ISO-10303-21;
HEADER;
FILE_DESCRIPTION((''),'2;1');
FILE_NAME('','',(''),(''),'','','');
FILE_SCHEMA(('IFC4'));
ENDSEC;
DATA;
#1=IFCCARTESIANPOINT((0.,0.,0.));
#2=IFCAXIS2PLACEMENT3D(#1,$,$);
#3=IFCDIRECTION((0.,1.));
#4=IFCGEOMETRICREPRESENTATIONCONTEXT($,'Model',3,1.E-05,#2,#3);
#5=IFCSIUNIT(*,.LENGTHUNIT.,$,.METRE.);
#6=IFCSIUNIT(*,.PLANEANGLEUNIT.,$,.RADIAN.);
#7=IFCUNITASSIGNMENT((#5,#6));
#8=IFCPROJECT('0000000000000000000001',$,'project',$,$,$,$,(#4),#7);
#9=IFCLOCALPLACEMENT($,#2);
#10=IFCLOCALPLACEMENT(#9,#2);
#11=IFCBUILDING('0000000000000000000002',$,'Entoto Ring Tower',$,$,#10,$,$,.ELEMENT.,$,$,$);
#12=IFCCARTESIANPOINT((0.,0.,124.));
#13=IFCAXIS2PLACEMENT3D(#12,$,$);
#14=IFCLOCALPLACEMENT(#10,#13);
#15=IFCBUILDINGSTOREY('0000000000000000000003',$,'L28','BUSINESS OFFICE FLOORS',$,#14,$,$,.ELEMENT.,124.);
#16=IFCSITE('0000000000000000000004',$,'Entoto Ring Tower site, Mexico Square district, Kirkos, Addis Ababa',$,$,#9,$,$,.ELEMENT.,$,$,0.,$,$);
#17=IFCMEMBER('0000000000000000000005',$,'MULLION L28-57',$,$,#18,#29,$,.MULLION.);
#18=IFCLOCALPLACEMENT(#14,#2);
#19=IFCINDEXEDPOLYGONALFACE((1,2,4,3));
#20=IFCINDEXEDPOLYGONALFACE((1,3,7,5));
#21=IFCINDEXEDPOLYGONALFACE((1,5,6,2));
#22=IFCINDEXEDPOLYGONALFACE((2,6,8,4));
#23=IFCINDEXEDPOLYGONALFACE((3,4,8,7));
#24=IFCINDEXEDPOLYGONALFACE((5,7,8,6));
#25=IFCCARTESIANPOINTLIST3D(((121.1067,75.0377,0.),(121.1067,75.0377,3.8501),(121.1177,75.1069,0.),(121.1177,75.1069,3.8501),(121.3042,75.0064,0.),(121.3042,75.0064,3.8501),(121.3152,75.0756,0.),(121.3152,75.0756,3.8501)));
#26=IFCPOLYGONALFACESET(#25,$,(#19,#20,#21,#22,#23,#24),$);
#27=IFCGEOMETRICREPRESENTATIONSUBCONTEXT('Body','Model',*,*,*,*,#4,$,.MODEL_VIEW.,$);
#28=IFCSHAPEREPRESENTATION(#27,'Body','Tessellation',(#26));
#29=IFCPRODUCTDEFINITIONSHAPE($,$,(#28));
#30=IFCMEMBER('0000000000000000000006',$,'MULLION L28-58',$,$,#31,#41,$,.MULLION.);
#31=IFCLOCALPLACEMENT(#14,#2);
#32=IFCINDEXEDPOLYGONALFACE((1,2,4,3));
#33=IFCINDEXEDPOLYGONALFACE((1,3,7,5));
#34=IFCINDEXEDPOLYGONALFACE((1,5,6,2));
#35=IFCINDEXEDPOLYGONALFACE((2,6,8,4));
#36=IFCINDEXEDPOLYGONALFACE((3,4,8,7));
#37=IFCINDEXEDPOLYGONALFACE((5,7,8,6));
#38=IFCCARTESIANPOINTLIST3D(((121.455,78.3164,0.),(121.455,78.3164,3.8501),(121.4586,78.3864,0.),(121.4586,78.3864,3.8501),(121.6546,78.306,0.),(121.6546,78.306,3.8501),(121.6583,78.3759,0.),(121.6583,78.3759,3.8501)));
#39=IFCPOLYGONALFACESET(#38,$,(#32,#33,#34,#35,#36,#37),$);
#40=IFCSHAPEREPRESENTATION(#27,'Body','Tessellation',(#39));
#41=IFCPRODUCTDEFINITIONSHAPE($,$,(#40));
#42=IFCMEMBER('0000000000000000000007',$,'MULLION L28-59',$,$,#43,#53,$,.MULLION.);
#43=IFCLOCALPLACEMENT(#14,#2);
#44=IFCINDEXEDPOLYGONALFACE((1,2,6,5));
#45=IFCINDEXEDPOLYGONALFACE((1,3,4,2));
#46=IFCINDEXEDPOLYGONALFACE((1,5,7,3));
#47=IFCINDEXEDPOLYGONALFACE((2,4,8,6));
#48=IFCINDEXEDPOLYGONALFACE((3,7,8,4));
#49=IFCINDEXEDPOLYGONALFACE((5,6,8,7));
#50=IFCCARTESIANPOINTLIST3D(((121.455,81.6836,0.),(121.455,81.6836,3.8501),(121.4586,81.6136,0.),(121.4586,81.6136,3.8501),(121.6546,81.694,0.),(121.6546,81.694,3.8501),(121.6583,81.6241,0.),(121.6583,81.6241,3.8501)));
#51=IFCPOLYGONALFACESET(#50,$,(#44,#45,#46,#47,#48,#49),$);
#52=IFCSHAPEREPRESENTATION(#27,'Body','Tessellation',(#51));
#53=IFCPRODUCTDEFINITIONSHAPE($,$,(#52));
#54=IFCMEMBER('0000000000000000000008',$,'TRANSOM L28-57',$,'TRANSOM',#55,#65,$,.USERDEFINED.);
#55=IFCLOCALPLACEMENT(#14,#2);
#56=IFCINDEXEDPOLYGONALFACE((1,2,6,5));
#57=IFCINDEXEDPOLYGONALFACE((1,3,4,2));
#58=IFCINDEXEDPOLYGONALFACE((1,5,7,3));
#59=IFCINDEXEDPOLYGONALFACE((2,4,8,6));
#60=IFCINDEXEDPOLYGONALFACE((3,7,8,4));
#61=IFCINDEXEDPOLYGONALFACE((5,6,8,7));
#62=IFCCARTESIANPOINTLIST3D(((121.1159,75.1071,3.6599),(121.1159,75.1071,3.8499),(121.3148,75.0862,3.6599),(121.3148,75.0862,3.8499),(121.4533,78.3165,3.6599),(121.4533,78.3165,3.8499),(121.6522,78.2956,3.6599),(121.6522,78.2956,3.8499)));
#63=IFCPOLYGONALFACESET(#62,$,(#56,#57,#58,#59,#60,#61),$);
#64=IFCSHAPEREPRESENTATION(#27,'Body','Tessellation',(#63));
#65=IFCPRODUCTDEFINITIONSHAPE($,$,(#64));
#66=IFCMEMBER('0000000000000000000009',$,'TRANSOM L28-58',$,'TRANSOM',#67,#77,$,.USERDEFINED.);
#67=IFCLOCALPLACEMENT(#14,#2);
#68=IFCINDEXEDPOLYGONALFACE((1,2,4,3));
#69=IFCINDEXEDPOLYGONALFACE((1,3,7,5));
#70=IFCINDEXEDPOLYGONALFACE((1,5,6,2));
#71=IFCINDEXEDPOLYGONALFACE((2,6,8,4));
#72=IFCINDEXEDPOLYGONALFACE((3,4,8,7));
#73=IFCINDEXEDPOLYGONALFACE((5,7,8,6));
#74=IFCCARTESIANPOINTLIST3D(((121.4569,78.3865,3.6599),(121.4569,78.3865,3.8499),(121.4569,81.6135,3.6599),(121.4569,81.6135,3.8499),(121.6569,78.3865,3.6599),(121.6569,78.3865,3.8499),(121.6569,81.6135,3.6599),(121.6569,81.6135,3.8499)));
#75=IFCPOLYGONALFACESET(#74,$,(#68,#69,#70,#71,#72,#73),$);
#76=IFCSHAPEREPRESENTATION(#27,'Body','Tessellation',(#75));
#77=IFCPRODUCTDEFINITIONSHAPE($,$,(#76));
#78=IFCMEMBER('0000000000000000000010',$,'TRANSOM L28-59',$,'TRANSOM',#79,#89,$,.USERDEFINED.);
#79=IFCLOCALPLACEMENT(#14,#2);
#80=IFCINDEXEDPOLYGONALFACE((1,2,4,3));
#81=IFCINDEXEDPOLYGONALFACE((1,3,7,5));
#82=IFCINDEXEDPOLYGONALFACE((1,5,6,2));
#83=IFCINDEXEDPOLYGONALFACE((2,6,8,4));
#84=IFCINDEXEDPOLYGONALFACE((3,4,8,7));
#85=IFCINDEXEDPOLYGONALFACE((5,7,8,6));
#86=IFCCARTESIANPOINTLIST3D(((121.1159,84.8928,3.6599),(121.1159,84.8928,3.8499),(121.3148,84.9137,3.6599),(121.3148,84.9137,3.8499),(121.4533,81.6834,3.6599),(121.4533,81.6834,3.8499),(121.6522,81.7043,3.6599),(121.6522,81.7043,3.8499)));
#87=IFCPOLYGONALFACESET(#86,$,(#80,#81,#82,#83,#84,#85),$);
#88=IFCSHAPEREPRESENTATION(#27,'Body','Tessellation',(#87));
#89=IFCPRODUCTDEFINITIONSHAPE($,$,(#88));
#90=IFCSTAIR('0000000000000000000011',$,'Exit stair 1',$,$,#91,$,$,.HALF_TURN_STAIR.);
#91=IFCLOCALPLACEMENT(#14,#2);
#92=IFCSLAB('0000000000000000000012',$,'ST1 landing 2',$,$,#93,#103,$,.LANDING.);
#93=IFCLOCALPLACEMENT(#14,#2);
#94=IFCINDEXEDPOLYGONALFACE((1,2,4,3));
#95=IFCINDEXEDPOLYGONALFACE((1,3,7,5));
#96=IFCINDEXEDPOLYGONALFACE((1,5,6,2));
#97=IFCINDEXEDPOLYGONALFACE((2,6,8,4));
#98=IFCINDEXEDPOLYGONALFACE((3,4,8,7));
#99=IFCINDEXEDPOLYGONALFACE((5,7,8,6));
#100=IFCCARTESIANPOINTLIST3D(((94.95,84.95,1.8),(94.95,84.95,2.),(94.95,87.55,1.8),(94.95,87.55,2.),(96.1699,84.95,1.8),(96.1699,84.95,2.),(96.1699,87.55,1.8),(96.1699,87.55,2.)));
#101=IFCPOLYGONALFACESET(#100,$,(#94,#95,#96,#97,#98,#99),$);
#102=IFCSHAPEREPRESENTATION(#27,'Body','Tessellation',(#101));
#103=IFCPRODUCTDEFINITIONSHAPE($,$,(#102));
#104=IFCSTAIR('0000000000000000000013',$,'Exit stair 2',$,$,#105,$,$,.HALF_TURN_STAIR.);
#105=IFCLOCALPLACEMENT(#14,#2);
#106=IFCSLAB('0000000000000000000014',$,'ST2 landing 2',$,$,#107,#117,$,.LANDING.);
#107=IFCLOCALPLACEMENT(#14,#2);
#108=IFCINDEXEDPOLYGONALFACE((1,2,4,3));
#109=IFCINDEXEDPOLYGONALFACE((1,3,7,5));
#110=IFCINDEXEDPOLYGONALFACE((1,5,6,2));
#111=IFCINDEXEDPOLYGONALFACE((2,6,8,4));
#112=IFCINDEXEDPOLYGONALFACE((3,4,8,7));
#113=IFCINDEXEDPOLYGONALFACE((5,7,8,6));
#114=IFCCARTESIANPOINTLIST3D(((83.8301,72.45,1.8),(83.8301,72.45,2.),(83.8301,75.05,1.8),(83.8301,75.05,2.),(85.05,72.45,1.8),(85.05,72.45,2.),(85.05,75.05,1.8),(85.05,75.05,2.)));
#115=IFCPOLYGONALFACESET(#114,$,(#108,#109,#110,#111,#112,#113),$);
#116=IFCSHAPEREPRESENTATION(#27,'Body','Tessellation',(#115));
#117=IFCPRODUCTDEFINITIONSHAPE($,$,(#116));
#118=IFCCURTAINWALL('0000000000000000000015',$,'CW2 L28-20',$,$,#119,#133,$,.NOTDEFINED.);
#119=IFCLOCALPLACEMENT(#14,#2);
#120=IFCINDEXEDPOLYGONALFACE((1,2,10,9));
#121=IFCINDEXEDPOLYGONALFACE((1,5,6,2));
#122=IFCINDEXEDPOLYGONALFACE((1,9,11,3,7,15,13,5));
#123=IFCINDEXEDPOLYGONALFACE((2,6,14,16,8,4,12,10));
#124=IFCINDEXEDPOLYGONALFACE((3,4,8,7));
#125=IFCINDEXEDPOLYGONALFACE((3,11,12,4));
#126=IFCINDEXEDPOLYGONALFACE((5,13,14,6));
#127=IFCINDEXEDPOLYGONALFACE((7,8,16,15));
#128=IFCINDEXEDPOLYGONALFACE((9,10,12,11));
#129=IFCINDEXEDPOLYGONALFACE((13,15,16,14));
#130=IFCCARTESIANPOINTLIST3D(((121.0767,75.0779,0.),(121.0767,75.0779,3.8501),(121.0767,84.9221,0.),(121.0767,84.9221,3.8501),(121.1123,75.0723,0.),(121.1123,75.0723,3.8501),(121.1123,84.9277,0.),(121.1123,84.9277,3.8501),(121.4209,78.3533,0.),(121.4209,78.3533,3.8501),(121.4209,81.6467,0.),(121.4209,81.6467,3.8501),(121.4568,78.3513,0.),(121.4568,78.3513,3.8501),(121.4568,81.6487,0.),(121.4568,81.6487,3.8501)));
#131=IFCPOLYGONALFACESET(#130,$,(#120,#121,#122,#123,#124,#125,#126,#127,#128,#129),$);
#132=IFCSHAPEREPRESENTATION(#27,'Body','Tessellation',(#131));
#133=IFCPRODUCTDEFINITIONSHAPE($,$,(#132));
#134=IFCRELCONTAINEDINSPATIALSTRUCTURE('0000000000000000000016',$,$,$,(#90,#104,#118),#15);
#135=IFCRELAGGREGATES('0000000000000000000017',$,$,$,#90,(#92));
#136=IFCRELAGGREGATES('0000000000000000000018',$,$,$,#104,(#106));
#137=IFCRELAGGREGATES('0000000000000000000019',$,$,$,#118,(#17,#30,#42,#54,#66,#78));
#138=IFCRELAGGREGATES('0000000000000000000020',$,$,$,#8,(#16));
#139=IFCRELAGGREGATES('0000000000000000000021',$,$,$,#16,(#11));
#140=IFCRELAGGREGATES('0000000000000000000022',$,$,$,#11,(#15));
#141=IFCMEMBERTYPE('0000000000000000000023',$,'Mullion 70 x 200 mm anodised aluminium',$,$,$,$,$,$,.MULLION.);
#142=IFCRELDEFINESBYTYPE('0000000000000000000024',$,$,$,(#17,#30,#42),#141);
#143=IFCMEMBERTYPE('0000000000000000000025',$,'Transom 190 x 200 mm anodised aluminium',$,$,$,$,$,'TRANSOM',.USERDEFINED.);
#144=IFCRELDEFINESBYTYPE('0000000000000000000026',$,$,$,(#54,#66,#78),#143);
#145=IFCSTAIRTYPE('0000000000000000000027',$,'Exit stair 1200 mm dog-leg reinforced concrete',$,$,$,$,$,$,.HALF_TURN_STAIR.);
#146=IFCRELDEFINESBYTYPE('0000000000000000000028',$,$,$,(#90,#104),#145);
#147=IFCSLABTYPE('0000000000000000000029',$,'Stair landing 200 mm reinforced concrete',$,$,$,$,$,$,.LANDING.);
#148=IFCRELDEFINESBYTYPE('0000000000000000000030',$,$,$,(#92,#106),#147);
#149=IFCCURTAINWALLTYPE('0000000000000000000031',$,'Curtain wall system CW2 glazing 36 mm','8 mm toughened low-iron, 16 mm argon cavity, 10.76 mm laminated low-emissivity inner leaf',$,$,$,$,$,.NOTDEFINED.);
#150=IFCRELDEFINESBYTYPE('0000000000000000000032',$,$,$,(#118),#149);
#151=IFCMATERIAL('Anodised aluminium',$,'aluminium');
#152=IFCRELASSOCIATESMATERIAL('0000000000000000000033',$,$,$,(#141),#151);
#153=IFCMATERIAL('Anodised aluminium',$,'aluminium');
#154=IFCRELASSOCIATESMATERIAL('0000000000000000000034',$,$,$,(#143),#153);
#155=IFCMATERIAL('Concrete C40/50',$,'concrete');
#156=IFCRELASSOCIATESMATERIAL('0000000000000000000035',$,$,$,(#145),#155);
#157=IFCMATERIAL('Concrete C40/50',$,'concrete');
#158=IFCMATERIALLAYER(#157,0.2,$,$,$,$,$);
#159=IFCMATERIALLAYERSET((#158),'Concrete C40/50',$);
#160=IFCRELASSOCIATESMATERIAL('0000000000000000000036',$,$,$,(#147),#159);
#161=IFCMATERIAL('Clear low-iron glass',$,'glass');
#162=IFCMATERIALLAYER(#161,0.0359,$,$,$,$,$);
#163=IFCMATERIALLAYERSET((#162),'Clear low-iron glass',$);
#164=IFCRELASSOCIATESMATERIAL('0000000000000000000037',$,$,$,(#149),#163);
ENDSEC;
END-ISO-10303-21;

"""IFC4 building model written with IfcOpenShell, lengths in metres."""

from ifc_helpers import new_model, si_unit, direction, frame, origin, origin_2d, place, context, subcontext, project, spatial, polyline, rectangle, outline, extrude, material, layer, layer_set, material_profile, profile_set, type_object, element, aggregate, save


model = new_model("IFC4")

# Units and contexts
model_context = context("Model", 3, precision=1e-05, world=origin(), true_north=direction((0.0, 1.0)))
body_context = subcontext(model_context, "Body", "Model", "MODEL_VIEW")
ifc_project = project(units=[si_unit("LENGTHUNIT", "METRE"), si_unit("PLANEANGLEUNIT", "RADIAN")], contexts=[model_context])

# Members
ifc_material_1 = material(Name="Anodised aluminium", Category="aluminium")
ifc_material_profile_1 = material_profile(ifc_material_1, rectangle(XDim=0.0701, YDim=0.2, at=origin_2d()), Name="Mullion 70 x 200 mm anodised aluminium")
ifc_profile_set_1 = profile_set([ifc_material_profile_1], Name="Anodised aluminium")
member_type_1 = type_object("IfcMemberType", Name="Mullion 70 x 200 mm anodised aluminium", PredefinedType="MULLION", material=ifc_profile_set_1)
site_placement = place(None, origin())
building_placement = place(site_placement, origin())
storey_placement = place(building_placement, frame((0.0, 0.0, 124.0)))
member_1_placement = place(storey_placement, frame((121.2109, 75.0566, 0.0), z_axis=(0.0, 0.0, 1.0), x_axis=(0.156434, 0.987688, 0.0)))
member_1 = element("IfcMember", 1, at=member_1_placement, type_object=member_type_1, Name="MULLION L28-57", PredefinedType="MULLION", context=body_context, shape_type="SweptSolid", body=[
    extrude(rectangle(XDim=0.0701, YDim=0.2, at=origin_2d()), origin(), (0.0, 0.0, 1.0), 3.8501),
])
member_2_placement = place(storey_placement, frame((121.5566, 78.3462, 0.0), z_axis=(0.0, 0.0, 1.0), x_axis=(0.052336, 0.99863, 0.0)))
member_2 = element("IfcMember", 2, at=member_2_placement, type_object=member_type_1, Name="MULLION L28-58", PredefinedType="MULLION", context=body_context, shape_type="SweptSolid", body=[
    extrude(rectangle(XDim=0.0701, YDim=0.2, at=origin_2d()), origin(), (0.0, 0.0, 1.0), 3.8501),
])
member_3_placement = place(storey_placement, frame((121.5566, 81.6538, 0.0), z_axis=(0.0, 0.0, 1.0), x_axis=(-0.052336, 0.99863, 0.0)))
member_3 = element("IfcMember", 3, at=member_3_placement, type_object=member_type_1, Name="MULLION L28-59", PredefinedType="MULLION", context=body_context, shape_type="SweptSolid", body=[
    extrude(rectangle(XDim=0.0701, YDim=0.2, at=origin_2d()), origin(), (0.0, 0.0, 1.0), 3.8501),
])
ifc_material_2 = material(Name="Anodised aluminium", Category="aluminium")
ifc_material_profile_2 = material_profile(ifc_material_2, rectangle(XDim=0.2, YDim=0.1899, at=origin_2d()), Name="Transom 190 x 200 mm anodised aluminium")
ifc_profile_set_2 = profile_set([ifc_material_profile_2], Name="Anodised aluminium")
member_type_2 = type_object("IfcMemberType", Name="Transom 190 x 200 mm anodised aluminium", ElementType="TRANSOM", PredefinedType="USERDEFINED", material=ifc_profile_set_2)
member_4_placement = place(storey_placement, frame((121.2153, 75.0967, 3.7549), z_axis=(0.104551, 0.99452, 0.0), x_axis=(-0.99452, 0.104551, 0.0)))
member_4 = element("IfcMember", 4, at=member_4_placement, type_object=member_type_2, Name="TRANSOM L28-57", ObjectType="TRANSOM", PredefinedType="USERDEFINED", context=body_context, shape_type="SweptSolid", body=[
    extrude(rectangle(XDim=0.2, YDim=0.1899, at=origin_2d()), origin(), (0.0, 0.0, 1.0), 3.2271),
])
member_5_placement = place(storey_placement, frame((121.5569, 78.3865, 3.7549), z_axis=(0.0, 1.0, 0.0), x_axis=(-1.0, 0.0, 0.0)))
member_5 = element("IfcMember", 5, at=member_5_placement, type_object=member_type_2, Name="TRANSOM L28-58", ObjectType="TRANSOM", PredefinedType="USERDEFINED", context=body_context, shape_type="SweptSolid", body=[
    extrude(rectangle(XDim=0.2, YDim=0.1899, at=origin_2d()), origin(), (0.0, 0.0, 1.0), 3.2271),
])
member_6_placement = place(storey_placement, frame((121.5527, 81.6938, 3.7549), z_axis=(-0.104551, 0.99452, 0.0), x_axis=(-0.99452, -0.104551, 0.0)))
member_6 = element("IfcMember", 6, at=member_6_placement, type_object=member_type_2, Name="TRANSOM L28-59", ObjectType="TRANSOM", PredefinedType="USERDEFINED", context=body_context, shape_type="SweptSolid", body=[
    extrude(rectangle(XDim=0.2, YDim=0.1899, at=origin_2d()), origin(), (0.0, 0.0, 1.0), 3.2271),
])

# Site, building, storey
site = spatial("IfcSite", under=ifc_project, at=site_placement, Name="Entoto Ring Tower site, Mexico Square district, Kirkos, Addis Ababa", CompositionType="ELEMENT", RefElevation=0.0)
building = spatial("IfcBuilding", under=site, at=building_placement, Name="Entoto Ring Tower", CompositionType="ELEMENT")
storey = spatial("IfcBuildingStorey", under=building, at=storey_placement, Name="L28", Description="BUSINESS OFFICE FLOORS", CompositionType="ELEMENT", Elevation=124.0)

# Stairs, slabs
ifc_material_3 = material(Name="Concrete C40/50", Category="concrete")
stair_type = type_object("IfcStairType", Name="Exit stair 1200 mm dog-leg reinforced concrete", PredefinedType="HALF_TURN_STAIR", material=ifc_material_3)
stair_1_placement = place(storey_placement, origin())
stair_1 = element("IfcStair", 7, at=stair_1_placement, inside=storey, type_object=stair_type, Name="Exit stair 1", PredefinedType="HALF_TURN_STAIR")
ifc_material_4 = material(Name="Concrete C40/50", Category="concrete")
ifc_layer_1 = layer(ifc_material_4, 0.2)
ifc_layer_set_1 = layer_set([ifc_layer_1], Name="Concrete C40/50")
slab_type = type_object("IfcSlabType", Name="Stair landing 200 mm reinforced concrete", PredefinedType="LANDING", material=ifc_layer_set_1)
slab_1_placement = place(storey_placement, frame((0.0, 0.0, 1.8)))
slab_1 = element("IfcSlab", 8, at=slab_1_placement, type_object=slab_type, Name="ST1 landing 2", PredefinedType="LANDING", context=body_context, shape_type="SweptSolid", body=[
    extrude(outline(polyline([(94.95, 84.95), (96.1699, 84.95), (96.1699, 87.55), (94.95, 87.55), (94.95, 84.95)])), origin(), (0.0, 0.0, 1.0), 0.2),
])
aggregate(stair_1, [slab_1])
stair_2_placement = place(storey_placement, origin())
stair_2 = element("IfcStair", 9, at=stair_2_placement, inside=storey, type_object=stair_type, Name="Exit stair 2", PredefinedType="HALF_TURN_STAIR")
slab_2_placement = place(storey_placement, frame((0.0, 0.0, 1.8)))
slab_2 = element("IfcSlab", 10, at=slab_2_placement, type_object=slab_type, Name="ST2 landing 2", PredefinedType="LANDING", context=body_context, shape_type="SweptSolid", body=[
    extrude(outline(polyline([(83.8301, 72.45), (85.05, 72.45), (85.05, 75.05), (83.8301, 75.05), (83.8301, 72.45)])), origin(), (0.0, 0.0, 1.0), 0.2),
])
aggregate(stair_2, [slab_2])

# Curtain wall
ifc_material_5 = material(Name="Clear low-iron glass", Category="glass")
ifc_layer_2 = layer(ifc_material_5, 0.0359)
ifc_layer_set_2 = layer_set([ifc_layer_2], Name="Clear low-iron glass")
curtain_wall_type = type_object("IfcCurtainWallType", Name="Curtain wall system CW2 glazing 36 mm", Description="8 mm toughened low-iron, 16 mm argon cavity, 10.76 mm laminated low-emissivity inner leaf", PredefinedType="NOTDEFINED", material=ifc_layer_set_2)
curtain_wall_1_placement = place(storey_placement, origin())
curtain_wall_1 = element("IfcCurtainWall", 11, at=curtain_wall_1_placement, inside=storey, type_object=curtain_wall_type, Name="CW2 L28-20", PredefinedType="NOTDEFINED", context=body_context, shape_type="SweptSolid", body=[
    extrude(outline(polyline([(121.1123, 75.0723), (121.4568, 78.3513), (121.4568, 81.6487), (121.1123, 84.9277), (121.0767, 84.9221), (121.4209, 81.6467), (121.4209, 78.3533), (121.0767, 75.0779), (121.1123, 75.0723)])), origin(), (0.0, 0.0, 1.0), 3.8501),
])
aggregate(curtain_wall_1, [member_1, member_2, member_3, member_4, member_5, member_6])

save(model, "model.ifc")
